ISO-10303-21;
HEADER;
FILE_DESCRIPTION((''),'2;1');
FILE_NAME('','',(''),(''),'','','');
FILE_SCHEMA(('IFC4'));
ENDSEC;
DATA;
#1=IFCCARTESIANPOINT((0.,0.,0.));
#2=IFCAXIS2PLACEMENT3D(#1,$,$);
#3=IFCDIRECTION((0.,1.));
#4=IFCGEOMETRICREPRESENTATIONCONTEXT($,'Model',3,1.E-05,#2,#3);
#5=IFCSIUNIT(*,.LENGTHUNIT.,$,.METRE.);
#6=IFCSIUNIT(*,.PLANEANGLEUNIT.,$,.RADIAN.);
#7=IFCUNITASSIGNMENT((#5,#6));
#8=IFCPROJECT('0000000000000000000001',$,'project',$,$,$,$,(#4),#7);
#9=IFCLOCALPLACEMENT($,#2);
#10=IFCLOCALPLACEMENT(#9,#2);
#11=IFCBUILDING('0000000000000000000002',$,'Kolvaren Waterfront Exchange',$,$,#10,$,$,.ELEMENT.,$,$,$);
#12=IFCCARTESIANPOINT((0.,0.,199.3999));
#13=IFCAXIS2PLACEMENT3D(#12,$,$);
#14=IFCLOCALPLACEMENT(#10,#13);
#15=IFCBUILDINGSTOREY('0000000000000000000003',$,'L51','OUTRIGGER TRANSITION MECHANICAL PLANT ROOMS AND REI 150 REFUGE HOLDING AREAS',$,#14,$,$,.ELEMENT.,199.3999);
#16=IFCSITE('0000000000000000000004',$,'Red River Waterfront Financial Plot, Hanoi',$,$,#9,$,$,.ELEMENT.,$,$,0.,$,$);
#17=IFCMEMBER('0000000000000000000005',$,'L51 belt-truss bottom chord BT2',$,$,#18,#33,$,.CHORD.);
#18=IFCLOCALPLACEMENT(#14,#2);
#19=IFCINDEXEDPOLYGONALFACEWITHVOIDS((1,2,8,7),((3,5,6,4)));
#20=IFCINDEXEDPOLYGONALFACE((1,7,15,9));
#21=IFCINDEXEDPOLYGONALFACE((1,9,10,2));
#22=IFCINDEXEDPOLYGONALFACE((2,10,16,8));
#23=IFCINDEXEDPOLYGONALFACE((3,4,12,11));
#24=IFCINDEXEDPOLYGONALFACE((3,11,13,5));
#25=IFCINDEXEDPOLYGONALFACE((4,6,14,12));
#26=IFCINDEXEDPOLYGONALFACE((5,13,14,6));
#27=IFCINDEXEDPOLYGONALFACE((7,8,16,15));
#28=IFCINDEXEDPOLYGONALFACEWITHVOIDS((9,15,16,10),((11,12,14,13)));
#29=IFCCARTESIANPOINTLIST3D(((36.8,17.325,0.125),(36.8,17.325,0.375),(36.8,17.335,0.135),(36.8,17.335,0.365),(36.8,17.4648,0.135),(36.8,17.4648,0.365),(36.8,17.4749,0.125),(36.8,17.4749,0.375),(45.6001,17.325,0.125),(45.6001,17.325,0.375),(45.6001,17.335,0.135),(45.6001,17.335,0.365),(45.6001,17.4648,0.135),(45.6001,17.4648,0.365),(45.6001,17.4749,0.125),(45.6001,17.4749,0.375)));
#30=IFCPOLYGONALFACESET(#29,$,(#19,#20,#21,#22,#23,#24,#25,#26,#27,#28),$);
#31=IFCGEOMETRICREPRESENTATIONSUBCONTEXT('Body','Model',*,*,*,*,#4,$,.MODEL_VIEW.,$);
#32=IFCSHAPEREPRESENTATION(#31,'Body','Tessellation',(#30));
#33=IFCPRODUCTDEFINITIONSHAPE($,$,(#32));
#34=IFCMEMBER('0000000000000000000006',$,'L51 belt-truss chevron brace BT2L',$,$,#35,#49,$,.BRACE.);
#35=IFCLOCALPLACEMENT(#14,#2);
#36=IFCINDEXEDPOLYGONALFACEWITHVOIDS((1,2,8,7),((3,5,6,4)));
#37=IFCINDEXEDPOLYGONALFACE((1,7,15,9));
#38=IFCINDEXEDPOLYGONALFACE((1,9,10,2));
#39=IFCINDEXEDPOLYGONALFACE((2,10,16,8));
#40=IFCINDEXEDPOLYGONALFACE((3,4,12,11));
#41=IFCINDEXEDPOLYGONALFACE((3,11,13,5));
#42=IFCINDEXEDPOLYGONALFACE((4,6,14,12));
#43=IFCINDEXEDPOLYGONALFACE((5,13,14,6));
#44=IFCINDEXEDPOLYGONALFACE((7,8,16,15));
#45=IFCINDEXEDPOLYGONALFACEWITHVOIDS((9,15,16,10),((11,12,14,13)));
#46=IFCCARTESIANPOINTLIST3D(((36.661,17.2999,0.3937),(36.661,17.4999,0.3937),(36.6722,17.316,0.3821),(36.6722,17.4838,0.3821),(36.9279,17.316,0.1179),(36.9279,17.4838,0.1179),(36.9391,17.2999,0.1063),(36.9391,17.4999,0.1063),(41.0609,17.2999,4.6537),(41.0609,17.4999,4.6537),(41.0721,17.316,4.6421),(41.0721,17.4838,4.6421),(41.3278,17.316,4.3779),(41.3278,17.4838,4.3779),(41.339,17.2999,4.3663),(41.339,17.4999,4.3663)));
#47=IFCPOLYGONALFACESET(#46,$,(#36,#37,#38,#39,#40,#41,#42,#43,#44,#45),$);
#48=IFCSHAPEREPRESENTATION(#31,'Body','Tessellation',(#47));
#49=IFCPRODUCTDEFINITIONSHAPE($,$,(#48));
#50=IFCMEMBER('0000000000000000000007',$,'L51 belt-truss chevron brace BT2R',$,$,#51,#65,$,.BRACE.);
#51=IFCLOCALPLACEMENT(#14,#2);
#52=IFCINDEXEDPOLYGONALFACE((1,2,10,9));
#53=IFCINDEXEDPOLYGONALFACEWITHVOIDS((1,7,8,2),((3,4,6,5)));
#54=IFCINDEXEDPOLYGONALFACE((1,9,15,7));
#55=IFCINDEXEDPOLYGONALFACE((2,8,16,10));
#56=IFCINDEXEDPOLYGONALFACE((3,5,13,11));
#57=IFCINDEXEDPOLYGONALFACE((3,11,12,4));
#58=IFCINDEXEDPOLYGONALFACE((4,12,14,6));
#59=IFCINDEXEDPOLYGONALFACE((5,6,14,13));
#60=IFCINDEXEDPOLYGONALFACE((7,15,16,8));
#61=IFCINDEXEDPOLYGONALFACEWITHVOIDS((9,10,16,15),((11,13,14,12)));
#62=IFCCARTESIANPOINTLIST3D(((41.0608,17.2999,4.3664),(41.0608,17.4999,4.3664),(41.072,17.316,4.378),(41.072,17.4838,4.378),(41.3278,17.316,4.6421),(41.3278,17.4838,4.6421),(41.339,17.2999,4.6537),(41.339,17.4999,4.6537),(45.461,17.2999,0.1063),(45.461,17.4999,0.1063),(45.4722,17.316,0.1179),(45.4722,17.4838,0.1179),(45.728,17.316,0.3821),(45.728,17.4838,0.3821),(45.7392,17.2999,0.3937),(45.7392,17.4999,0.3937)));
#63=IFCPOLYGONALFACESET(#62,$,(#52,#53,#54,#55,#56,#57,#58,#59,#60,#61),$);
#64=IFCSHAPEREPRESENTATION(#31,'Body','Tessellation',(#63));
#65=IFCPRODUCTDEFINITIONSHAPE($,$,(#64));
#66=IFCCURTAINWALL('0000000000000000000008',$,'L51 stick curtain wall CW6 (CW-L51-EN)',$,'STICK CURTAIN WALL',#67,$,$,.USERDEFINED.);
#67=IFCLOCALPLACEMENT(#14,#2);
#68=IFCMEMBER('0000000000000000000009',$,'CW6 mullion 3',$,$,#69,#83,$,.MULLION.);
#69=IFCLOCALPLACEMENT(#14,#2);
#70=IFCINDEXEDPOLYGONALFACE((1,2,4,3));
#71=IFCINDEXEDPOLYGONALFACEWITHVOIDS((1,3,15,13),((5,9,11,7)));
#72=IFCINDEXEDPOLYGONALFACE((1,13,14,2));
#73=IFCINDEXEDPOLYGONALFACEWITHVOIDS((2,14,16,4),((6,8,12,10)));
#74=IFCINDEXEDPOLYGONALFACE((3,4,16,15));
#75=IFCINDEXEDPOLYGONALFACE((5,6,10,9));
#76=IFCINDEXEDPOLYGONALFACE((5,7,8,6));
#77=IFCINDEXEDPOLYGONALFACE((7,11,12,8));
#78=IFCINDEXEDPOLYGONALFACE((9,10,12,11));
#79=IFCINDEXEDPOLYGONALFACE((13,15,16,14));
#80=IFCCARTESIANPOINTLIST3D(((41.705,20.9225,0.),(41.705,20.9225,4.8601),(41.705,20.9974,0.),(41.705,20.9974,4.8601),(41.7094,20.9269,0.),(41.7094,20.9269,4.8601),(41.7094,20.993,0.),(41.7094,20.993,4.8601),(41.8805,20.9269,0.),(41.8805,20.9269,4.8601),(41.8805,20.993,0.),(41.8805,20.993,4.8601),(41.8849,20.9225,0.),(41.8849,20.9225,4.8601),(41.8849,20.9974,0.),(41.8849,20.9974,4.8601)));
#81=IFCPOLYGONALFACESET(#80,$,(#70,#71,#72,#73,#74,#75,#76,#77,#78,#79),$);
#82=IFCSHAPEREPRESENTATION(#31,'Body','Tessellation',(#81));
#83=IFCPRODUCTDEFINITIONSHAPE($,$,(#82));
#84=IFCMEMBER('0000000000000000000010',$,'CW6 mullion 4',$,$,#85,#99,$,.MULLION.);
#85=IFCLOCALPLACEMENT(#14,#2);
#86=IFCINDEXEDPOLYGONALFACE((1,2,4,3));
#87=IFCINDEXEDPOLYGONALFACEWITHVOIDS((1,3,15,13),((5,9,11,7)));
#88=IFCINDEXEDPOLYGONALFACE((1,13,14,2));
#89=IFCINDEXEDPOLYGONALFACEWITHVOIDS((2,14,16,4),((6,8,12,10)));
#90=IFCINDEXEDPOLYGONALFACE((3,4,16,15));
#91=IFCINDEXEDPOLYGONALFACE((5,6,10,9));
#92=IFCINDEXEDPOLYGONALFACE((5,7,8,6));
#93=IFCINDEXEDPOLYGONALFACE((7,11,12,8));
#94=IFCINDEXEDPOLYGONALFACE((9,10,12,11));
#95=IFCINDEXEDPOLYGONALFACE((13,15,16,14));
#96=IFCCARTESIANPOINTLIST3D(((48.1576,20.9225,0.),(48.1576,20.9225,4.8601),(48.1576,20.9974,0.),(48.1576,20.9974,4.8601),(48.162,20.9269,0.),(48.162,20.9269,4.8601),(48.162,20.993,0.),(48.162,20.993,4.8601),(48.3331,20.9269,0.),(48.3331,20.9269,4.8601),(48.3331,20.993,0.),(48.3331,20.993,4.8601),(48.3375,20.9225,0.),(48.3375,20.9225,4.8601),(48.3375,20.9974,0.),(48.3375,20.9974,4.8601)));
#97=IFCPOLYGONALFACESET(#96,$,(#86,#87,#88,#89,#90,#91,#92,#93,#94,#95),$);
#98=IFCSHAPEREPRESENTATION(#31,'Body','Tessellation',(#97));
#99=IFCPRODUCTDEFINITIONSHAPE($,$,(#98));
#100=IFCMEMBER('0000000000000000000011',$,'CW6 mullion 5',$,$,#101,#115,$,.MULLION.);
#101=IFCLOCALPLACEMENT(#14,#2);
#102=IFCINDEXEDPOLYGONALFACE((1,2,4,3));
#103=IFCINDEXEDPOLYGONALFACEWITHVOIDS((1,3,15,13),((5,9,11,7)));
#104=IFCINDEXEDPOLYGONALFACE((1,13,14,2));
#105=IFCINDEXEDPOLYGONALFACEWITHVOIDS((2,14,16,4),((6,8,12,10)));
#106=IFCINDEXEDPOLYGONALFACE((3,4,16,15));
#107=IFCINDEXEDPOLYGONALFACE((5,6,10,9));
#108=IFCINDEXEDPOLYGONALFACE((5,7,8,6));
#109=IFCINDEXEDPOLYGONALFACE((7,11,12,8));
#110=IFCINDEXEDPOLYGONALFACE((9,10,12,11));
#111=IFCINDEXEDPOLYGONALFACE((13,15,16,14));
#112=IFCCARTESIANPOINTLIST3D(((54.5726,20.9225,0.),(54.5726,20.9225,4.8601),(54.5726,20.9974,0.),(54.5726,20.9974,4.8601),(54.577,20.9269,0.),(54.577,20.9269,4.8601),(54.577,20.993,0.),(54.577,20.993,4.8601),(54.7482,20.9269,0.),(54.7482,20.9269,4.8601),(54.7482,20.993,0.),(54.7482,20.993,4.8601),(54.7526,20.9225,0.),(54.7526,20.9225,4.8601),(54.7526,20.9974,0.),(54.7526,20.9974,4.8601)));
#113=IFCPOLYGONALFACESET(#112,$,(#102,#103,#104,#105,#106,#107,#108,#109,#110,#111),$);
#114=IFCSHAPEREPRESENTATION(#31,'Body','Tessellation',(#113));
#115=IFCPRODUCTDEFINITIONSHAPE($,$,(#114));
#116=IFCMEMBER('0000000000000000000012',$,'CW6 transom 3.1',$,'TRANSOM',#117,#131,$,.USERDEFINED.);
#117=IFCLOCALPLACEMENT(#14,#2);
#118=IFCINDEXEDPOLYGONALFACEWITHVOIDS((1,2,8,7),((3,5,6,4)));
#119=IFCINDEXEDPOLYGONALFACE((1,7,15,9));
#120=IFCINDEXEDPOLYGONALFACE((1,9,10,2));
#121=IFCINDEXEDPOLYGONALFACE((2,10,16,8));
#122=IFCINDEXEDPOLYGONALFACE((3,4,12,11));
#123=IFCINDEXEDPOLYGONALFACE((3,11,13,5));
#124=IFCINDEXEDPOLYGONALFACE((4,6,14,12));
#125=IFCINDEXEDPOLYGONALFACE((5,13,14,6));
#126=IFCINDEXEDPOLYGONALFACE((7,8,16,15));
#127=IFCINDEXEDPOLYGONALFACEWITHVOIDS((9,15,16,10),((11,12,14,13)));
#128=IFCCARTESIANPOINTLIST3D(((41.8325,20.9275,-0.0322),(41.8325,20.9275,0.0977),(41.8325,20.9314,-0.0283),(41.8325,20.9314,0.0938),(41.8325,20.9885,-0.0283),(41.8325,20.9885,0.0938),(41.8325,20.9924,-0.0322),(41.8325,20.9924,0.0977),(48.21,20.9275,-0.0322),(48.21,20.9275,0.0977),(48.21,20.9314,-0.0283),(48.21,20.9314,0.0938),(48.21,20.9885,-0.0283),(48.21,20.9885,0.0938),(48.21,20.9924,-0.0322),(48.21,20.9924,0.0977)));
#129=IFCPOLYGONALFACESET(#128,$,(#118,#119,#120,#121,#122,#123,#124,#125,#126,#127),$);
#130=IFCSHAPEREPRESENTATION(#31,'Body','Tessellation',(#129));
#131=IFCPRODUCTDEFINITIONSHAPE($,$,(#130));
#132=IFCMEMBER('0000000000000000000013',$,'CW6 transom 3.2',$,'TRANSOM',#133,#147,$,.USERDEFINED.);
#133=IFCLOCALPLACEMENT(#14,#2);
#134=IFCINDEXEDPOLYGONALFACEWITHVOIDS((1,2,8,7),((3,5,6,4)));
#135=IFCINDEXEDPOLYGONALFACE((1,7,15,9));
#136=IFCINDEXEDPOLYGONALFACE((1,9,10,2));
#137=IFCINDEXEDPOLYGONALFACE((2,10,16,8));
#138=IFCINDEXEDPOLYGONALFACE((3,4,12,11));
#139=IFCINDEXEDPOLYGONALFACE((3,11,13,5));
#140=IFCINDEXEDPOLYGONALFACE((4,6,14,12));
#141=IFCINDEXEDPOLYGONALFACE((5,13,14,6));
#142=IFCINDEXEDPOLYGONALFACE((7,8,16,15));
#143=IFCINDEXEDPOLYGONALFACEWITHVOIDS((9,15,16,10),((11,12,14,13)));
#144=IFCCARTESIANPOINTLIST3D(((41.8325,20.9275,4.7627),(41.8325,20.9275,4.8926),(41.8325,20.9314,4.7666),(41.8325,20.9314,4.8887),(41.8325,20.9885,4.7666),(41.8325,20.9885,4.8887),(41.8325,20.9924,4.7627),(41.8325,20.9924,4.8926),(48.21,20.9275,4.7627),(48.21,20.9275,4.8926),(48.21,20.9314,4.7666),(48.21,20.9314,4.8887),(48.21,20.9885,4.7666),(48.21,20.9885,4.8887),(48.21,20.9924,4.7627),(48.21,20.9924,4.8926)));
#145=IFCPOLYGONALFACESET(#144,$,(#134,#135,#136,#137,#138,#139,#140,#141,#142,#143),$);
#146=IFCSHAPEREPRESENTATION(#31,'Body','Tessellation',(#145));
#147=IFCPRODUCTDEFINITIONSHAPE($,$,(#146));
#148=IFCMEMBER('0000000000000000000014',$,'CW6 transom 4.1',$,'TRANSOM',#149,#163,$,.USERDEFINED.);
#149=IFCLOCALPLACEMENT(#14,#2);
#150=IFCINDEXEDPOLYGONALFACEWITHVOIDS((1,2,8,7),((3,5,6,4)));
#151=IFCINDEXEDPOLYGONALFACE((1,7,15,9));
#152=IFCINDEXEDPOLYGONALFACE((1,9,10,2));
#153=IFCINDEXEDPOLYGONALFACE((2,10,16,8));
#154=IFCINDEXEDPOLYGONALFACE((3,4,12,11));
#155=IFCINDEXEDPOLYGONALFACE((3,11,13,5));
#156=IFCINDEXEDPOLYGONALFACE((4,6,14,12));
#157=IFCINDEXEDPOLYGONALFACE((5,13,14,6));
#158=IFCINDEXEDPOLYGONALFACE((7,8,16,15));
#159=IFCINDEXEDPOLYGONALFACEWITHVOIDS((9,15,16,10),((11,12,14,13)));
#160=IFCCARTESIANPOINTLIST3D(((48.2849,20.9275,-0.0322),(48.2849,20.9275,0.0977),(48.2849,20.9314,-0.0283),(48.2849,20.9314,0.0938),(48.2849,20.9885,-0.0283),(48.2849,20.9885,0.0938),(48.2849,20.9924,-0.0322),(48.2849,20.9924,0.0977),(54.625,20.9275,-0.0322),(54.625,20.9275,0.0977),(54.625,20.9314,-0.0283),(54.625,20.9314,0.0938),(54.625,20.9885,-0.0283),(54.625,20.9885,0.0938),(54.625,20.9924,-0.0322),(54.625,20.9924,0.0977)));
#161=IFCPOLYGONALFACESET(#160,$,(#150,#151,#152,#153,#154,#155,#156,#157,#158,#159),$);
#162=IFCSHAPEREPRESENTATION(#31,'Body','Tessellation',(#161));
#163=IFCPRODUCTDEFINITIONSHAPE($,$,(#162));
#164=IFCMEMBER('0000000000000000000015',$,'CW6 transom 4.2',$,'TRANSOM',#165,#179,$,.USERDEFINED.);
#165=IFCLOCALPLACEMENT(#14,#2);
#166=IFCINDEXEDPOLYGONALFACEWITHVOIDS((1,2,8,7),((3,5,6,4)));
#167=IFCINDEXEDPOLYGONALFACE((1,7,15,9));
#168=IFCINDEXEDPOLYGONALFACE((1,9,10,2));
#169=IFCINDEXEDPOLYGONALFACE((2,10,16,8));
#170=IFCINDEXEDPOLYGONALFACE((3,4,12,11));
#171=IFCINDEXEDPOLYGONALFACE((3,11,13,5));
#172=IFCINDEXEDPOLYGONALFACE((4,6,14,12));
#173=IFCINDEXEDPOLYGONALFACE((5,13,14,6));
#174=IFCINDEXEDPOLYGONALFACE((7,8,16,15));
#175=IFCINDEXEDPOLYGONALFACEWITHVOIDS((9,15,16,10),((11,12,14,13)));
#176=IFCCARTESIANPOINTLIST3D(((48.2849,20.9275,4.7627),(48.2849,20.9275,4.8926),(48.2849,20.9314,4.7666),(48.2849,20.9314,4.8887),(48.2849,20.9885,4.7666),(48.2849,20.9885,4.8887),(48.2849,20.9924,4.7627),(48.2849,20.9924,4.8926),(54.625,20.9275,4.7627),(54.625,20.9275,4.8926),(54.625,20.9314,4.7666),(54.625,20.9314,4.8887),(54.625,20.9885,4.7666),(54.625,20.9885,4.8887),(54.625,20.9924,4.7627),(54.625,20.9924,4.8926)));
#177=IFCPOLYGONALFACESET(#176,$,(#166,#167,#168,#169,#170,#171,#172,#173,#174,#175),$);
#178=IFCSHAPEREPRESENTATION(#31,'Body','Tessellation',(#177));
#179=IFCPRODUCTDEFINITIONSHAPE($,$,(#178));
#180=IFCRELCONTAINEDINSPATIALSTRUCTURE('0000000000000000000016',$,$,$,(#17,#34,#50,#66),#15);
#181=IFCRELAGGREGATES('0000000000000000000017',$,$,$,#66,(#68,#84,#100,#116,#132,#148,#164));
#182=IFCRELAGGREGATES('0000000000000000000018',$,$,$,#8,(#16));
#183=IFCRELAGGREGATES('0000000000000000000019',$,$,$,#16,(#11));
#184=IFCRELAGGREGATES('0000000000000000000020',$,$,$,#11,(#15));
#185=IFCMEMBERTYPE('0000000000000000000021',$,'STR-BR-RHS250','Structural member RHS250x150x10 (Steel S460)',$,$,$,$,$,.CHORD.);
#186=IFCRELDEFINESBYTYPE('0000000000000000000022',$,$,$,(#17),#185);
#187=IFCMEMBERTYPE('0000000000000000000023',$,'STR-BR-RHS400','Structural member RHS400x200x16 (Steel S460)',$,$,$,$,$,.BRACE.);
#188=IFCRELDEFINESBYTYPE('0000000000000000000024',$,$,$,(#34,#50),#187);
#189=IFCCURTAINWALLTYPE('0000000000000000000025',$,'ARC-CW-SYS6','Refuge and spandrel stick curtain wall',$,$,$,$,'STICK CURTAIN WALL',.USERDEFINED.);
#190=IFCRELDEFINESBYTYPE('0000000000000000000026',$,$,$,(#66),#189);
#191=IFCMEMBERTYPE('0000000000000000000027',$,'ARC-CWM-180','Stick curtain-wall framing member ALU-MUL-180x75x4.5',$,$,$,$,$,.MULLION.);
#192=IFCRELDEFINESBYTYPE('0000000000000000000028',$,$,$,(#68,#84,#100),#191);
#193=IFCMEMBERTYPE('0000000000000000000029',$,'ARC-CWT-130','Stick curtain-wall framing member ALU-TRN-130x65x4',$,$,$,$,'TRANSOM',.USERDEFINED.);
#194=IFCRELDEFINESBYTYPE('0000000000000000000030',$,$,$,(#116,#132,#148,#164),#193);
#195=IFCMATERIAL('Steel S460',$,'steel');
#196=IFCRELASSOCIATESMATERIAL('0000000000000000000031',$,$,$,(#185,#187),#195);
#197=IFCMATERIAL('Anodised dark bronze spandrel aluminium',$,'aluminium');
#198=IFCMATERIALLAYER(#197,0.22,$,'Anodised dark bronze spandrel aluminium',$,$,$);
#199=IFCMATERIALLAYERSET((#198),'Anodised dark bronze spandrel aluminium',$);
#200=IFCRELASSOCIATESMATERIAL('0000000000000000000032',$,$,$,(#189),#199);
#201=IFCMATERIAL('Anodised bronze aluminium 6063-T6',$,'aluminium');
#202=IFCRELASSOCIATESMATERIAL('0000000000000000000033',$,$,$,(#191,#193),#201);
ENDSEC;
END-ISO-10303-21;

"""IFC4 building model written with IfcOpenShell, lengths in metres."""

from ifc_helpers import new_model, si_unit, direction, frame, origin, origin_with_axes, origin_2d, place, context, subcontext, project, spatial, hollow_rectangle, extrude, source, transform, mapped, material, layer, layer_set, material_profile, profile_set, type_object, element, aggregate, save


model = new_model("IFC4")

# Units and contexts
model_context = context("Model", 3, precision=1e-05, world=origin(), true_north=direction((0.0, 1.0)))
body_context = subcontext(model_context, "Body", "Model", "MODEL_VIEW")
ifc_project = project(units=[si_unit("LENGTHUNIT", "METRE"), si_unit("PLANEANGLEUNIT", "RADIAN")], contexts=[model_context])

# Site, building, storey
site_placement = place(None, origin())
site = spatial("IfcSite", under=ifc_project, at=site_placement, Name="Red River Waterfront Financial Plot, Hanoi", CompositionType="ELEMENT", RefElevation=0.0)
building_placement = place(site_placement, origin())
building = spatial("IfcBuilding", under=site, at=building_placement, Name="Kolvaren Waterfront Exchange", CompositionType="ELEMENT")
storey_placement = place(building_placement, frame((0.0, 0.0, 199.3999)))
storey = spatial("IfcBuildingStorey", under=building, at=storey_placement, Name="L51", Description="OUTRIGGER TRANSITION MECHANICAL PLANT ROOMS AND REI 150 REFUGE HOLDING AREAS", CompositionType="ELEMENT", Elevation=199.3999)

# Members
ifc_material_1 = material(Name="Steel S460", Category="steel")
ifc_material_profile_1 = material_profile(ifc_material_1, hollow_rectangle(XDim=0.1499, YDim=0.25, WallThickness=0.01, at=origin_2d()), Name="RHS250x150x10")
ifc_profile_set_1 = profile_set([ifc_material_profile_1], Name="Steel S460")
member_type_1 = type_object("IfcMemberType", Name="STR-BR-RHS250", Description="Structural member RHS250x150x10 (Steel S460)", PredefinedType="CHORD", material=ifc_profile_set_1)
member_1_placement = place(storey_placement, frame((36.8, 17.3999, 0.25), z_axis=(1.0, 0.0, 0.0), x_axis=(0.0, 1.0, 0.0)))
element("IfcMember", 1, at=member_1_placement, inside=storey, type_object=member_type_1, Name="L51 belt-truss bottom chord BT2", PredefinedType="CHORD", context=body_context, shape_type="SweptSolid", body=[
    extrude(hollow_rectangle(XDim=0.1499, YDim=0.25, WallThickness=0.01, at=origin_2d()), origin(), (0.0, 0.0, 1.0), 8.8),
])
ifc_material_profile_2 = material_profile(ifc_material_1, hollow_rectangle(XDim=0.2, YDim=0.3999, WallThickness=0.0161, at=origin_2d()), Name="RHS400x200x16")
ifc_profile_set_2 = profile_set([ifc_material_profile_2], Name="Steel S460")
member_type_2 = type_object("IfcMemberType", Name="STR-BR-RHS400", Description="Structural member RHS400x200x16 (Steel S460)", PredefinedType="BRACE", material=ifc_profile_set_2)
member_2_placement = place(storey_placement, frame((36.8, 17.3999, 0.25), z_axis=(0.718436, 0.0, 0.695593), x_axis=(0.0, 1.0, 0.0)))
element("IfcMember", 2, at=member_2_placement, inside=storey, type_object=member_type_2, Name="L51 belt-truss chevron brace BT2L", PredefinedType="BRACE", context=body_context, shape_type="SweptSolid", body=[
    extrude(hollow_rectangle(XDim=0.2, YDim=0.3999, WallThickness=0.0161, at=origin_2d()), origin(), (0.0, 0.0, 1.0), 6.1243),
])
member_3_placement = place(storey_placement, frame((45.6001, 17.3999, 0.25), z_axis=(-0.718455, 0.0, 0.695573), x_axis=(0.0, -1.0, 0.0)))
element("IfcMember", 3, at=member_3_placement, inside=storey, type_object=member_type_2, Name="L51 belt-truss chevron brace BT2R", PredefinedType="BRACE", context=body_context, shape_type="SweptSolid", body=[
    extrude(hollow_rectangle(XDim=0.2, YDim=0.3999, WallThickness=0.0161, at=origin_2d()), origin(), (0.0, 0.0, 1.0), 6.1245),
])

# Curtain wall, members
ifc_material_2 = material(Name="Anodised dark bronze spandrel aluminium", Category="aluminium")
ifc_layer_1 = layer(ifc_material_2, 0.22, Name="Anodised dark bronze spandrel aluminium")
ifc_layer_set_1 = layer_set([ifc_layer_1], Name="Anodised dark bronze spandrel aluminium")
curtain_wall_type = type_object("IfcCurtainWallType", Name="ARC-CW-SYS6", Description="Refuge and spandrel stick curtain wall", ElementType="STICK CURTAIN WALL", PredefinedType="USERDEFINED", material=ifc_layer_set_1)
curtain_wall_placement = place(storey_placement, origin())
curtain_wall = element("IfcCurtainWall", 4, at=curtain_wall_placement, inside=storey, type_object=curtain_wall_type, Name="L51 stick curtain wall CW6 (CW-L51-EN)", ObjectType="STICK CURTAIN WALL", PredefinedType="USERDEFINED")
ifc_material_3 = material(Name="Anodised bronze aluminium 6063-T6", Category="aluminium")
ifc_material_profile_3 = material_profile(ifc_material_3, hollow_rectangle(XDim=0.075, YDim=0.1799, WallThickness=0.0044, at=origin_2d()), Name="ALU-MUL-180x75x4.5")
ifc_profile_set_3 = profile_set([ifc_material_profile_3], Name="Anodised bronze aluminium 6063-T6")
member_type_3 = type_object("IfcMemberType", Name="ARC-CWM-180", Description="Stick curtain-wall framing member ALU-MUL-180x75x4.5", PredefinedType="MULLION", material=ifc_profile_set_3)
shared_shape_1 = source(origin_with_axes(), body_context, "Body", "SweptSolid", [
    extrude(hollow_rectangle(XDim=0.075, YDim=0.1799, WallThickness=0.0044, at=origin_2d()), origin(), (0.0, 0.0, 1.0), 4.8601),
])
member_4_placement = place(storey_placement, frame((41.7949, 20.96, 0.0), z_axis=(0.0, 0.0, 1.0), x_axis=(0.0, 1.0, 0.0)))
member_4 = element("IfcMember", 5, at=member_4_placement, type_object=member_type_3, Name="CW6 mullion 3", PredefinedType="MULLION", context=body_context, shape_type="MappedRepresentation", body=[
    mapped(shared_shape_1, transform((0.0, 0.0, 0.0), x_axis=(1.0, 0.0, 0.0), y_axis=(0.0, 1.0, 0.0), z_axis=(0.0, 0.0, 1.0), scale=1.0)),
])
member_5_placement = place(storey_placement, frame((48.2476, 20.96, 0.0), z_axis=(0.0, 0.0, 1.0), x_axis=(0.0, 1.0, 0.0)))
member_5 = element("IfcMember", 6, at=member_5_placement, type_object=member_type_3, Name="CW6 mullion 4", PredefinedType="MULLION", context=body_context, shape_type="MappedRepresentation", body=[
    mapped(shared_shape_1, transform((0.0, 0.0, 0.0), x_axis=(1.0, 0.0, 0.0), y_axis=(0.0, 1.0, 0.0), z_axis=(0.0, 0.0, 1.0), scale=1.0)),
])
member_6_placement = place(storey_placement, frame((54.6626, 20.96, 0.0), z_axis=(0.0, 0.0, 1.0), x_axis=(0.0, 1.0, 0.0)))
member_6 = element("IfcMember", 7, at=member_6_placement, type_object=member_type_3, Name="CW6 mullion 5", PredefinedType="MULLION", context=body_context, shape_type="MappedRepresentation", body=[
    mapped(shared_shape_1, transform((0.0, 0.0, 0.0), x_axis=(1.0, 0.0, 0.0), y_axis=(0.0, 1.0, 0.0), z_axis=(0.0, 0.0, 1.0), scale=1.0)),
])
ifc_material_profile_4 = material_profile(ifc_material_3, hollow_rectangle(XDim=0.0649, YDim=0.1299, WallThickness=0.0039, at=origin_2d()), Name="ALU-TRN-130x65x4")
ifc_profile_set_4 = profile_set([ifc_material_profile_4], Name="Anodised bronze aluminium 6063-T6")
member_type_4 = type_object("IfcMemberType", Name="ARC-CWT-130", Description="Stick curtain-wall framing member ALU-TRN-130x65x4", ElementType="TRANSOM", PredefinedType="USERDEFINED", material=ifc_profile_set_4)
shared_shape_2 = source(origin_with_axes(), body_context, "Body", "SweptSolid", [
    extrude(hollow_rectangle(XDim=0.0649, YDim=0.1299, WallThickness=0.0039, at=origin_2d()), origin(), (0.0, 0.0, 1.0), 6.3774),
])
member_7_placement = place(storey_placement, frame((41.8325, 20.96, 0.0327), z_axis=(1.0, 0.0, 0.0), x_axis=(0.0, 1.0, 0.0)))
member_7 = element("IfcMember", 8, at=member_7_placement, type_object=member_type_4, Name="CW6 transom 3.1", ObjectType="TRANSOM", PredefinedType="USERDEFINED", context=body_context, shape_type="MappedRepresentation", body=[
    mapped(shared_shape_2, transform((0.0, 0.0, 0.0), x_axis=(1.0, 0.0, 0.0), y_axis=(0.0, 1.0, 0.0), z_axis=(0.0, 0.0, 1.0), scale=1.0)),
])
member_8_placement = place(storey_placement, frame((41.8325, 20.96, 4.8276), z_axis=(1.0, 0.0, 0.0), x_axis=(0.0, 1.0, 0.0)))
member_8 = element("IfcMember", 9, at=member_8_placement, type_object=member_type_4, Name="CW6 transom 3.2", ObjectType="TRANSOM", PredefinedType="USERDEFINED", context=body_context, shape_type="MappedRepresentation", body=[
    mapped(shared_shape_2, transform((0.0, 0.0, 0.0), x_axis=(1.0, 0.0, 0.0), y_axis=(0.0, 1.0, 0.0), z_axis=(0.0, 0.0, 1.0), scale=1.0)),
])
shared_shape_3 = source(origin_with_axes(), body_context, "Body", "SweptSolid", [
    extrude(hollow_rectangle(XDim=0.0649, YDim=0.1299, WallThickness=0.0039, at=origin_2d()), origin(), (0.0, 0.0, 1.0), 6.3401),
])
member_9_placement = place(storey_placement, frame((48.2849, 20.96, 0.0327), z_axis=(1.0, 0.0, 0.0), x_axis=(0.0, 1.0, 0.0)))
member_9 = element("IfcMember", 10, at=member_9_placement, type_object=member_type_4, Name="CW6 transom 4.1", ObjectType="TRANSOM", PredefinedType="USERDEFINED", context=body_context, shape_type="MappedRepresentation", body=[
    mapped(shared_shape_3, transform((0.0, 0.0, 0.0), x_axis=(1.0, 0.0, 0.0), y_axis=(0.0, 1.0, 0.0), z_axis=(0.0, 0.0, 1.0), scale=1.0)),
])
member_10_placement = place(storey_placement, frame((48.2849, 20.96, 4.8276), z_axis=(1.0, 0.0, 0.0), x_axis=(0.0, 1.0, 0.0)))
member_10 = element("IfcMember", 11, at=member_10_placement, type_object=member_type_4, Name="CW6 transom 4.2", ObjectType="TRANSOM", PredefinedType="USERDEFINED", context=body_context, shape_type="MappedRepresentation", body=[
    mapped(shared_shape_3, transform((0.0, 0.0, 0.0), x_axis=(1.0, 0.0, 0.0), y_axis=(0.0, 1.0, 0.0), z_axis=(0.0, 0.0, 1.0), scale=1.0)),
])

aggregate(curtain_wall, [member_4, member_5, member_6, member_7, member_8, member_9, member_10])

save(model, "model.ifc")
